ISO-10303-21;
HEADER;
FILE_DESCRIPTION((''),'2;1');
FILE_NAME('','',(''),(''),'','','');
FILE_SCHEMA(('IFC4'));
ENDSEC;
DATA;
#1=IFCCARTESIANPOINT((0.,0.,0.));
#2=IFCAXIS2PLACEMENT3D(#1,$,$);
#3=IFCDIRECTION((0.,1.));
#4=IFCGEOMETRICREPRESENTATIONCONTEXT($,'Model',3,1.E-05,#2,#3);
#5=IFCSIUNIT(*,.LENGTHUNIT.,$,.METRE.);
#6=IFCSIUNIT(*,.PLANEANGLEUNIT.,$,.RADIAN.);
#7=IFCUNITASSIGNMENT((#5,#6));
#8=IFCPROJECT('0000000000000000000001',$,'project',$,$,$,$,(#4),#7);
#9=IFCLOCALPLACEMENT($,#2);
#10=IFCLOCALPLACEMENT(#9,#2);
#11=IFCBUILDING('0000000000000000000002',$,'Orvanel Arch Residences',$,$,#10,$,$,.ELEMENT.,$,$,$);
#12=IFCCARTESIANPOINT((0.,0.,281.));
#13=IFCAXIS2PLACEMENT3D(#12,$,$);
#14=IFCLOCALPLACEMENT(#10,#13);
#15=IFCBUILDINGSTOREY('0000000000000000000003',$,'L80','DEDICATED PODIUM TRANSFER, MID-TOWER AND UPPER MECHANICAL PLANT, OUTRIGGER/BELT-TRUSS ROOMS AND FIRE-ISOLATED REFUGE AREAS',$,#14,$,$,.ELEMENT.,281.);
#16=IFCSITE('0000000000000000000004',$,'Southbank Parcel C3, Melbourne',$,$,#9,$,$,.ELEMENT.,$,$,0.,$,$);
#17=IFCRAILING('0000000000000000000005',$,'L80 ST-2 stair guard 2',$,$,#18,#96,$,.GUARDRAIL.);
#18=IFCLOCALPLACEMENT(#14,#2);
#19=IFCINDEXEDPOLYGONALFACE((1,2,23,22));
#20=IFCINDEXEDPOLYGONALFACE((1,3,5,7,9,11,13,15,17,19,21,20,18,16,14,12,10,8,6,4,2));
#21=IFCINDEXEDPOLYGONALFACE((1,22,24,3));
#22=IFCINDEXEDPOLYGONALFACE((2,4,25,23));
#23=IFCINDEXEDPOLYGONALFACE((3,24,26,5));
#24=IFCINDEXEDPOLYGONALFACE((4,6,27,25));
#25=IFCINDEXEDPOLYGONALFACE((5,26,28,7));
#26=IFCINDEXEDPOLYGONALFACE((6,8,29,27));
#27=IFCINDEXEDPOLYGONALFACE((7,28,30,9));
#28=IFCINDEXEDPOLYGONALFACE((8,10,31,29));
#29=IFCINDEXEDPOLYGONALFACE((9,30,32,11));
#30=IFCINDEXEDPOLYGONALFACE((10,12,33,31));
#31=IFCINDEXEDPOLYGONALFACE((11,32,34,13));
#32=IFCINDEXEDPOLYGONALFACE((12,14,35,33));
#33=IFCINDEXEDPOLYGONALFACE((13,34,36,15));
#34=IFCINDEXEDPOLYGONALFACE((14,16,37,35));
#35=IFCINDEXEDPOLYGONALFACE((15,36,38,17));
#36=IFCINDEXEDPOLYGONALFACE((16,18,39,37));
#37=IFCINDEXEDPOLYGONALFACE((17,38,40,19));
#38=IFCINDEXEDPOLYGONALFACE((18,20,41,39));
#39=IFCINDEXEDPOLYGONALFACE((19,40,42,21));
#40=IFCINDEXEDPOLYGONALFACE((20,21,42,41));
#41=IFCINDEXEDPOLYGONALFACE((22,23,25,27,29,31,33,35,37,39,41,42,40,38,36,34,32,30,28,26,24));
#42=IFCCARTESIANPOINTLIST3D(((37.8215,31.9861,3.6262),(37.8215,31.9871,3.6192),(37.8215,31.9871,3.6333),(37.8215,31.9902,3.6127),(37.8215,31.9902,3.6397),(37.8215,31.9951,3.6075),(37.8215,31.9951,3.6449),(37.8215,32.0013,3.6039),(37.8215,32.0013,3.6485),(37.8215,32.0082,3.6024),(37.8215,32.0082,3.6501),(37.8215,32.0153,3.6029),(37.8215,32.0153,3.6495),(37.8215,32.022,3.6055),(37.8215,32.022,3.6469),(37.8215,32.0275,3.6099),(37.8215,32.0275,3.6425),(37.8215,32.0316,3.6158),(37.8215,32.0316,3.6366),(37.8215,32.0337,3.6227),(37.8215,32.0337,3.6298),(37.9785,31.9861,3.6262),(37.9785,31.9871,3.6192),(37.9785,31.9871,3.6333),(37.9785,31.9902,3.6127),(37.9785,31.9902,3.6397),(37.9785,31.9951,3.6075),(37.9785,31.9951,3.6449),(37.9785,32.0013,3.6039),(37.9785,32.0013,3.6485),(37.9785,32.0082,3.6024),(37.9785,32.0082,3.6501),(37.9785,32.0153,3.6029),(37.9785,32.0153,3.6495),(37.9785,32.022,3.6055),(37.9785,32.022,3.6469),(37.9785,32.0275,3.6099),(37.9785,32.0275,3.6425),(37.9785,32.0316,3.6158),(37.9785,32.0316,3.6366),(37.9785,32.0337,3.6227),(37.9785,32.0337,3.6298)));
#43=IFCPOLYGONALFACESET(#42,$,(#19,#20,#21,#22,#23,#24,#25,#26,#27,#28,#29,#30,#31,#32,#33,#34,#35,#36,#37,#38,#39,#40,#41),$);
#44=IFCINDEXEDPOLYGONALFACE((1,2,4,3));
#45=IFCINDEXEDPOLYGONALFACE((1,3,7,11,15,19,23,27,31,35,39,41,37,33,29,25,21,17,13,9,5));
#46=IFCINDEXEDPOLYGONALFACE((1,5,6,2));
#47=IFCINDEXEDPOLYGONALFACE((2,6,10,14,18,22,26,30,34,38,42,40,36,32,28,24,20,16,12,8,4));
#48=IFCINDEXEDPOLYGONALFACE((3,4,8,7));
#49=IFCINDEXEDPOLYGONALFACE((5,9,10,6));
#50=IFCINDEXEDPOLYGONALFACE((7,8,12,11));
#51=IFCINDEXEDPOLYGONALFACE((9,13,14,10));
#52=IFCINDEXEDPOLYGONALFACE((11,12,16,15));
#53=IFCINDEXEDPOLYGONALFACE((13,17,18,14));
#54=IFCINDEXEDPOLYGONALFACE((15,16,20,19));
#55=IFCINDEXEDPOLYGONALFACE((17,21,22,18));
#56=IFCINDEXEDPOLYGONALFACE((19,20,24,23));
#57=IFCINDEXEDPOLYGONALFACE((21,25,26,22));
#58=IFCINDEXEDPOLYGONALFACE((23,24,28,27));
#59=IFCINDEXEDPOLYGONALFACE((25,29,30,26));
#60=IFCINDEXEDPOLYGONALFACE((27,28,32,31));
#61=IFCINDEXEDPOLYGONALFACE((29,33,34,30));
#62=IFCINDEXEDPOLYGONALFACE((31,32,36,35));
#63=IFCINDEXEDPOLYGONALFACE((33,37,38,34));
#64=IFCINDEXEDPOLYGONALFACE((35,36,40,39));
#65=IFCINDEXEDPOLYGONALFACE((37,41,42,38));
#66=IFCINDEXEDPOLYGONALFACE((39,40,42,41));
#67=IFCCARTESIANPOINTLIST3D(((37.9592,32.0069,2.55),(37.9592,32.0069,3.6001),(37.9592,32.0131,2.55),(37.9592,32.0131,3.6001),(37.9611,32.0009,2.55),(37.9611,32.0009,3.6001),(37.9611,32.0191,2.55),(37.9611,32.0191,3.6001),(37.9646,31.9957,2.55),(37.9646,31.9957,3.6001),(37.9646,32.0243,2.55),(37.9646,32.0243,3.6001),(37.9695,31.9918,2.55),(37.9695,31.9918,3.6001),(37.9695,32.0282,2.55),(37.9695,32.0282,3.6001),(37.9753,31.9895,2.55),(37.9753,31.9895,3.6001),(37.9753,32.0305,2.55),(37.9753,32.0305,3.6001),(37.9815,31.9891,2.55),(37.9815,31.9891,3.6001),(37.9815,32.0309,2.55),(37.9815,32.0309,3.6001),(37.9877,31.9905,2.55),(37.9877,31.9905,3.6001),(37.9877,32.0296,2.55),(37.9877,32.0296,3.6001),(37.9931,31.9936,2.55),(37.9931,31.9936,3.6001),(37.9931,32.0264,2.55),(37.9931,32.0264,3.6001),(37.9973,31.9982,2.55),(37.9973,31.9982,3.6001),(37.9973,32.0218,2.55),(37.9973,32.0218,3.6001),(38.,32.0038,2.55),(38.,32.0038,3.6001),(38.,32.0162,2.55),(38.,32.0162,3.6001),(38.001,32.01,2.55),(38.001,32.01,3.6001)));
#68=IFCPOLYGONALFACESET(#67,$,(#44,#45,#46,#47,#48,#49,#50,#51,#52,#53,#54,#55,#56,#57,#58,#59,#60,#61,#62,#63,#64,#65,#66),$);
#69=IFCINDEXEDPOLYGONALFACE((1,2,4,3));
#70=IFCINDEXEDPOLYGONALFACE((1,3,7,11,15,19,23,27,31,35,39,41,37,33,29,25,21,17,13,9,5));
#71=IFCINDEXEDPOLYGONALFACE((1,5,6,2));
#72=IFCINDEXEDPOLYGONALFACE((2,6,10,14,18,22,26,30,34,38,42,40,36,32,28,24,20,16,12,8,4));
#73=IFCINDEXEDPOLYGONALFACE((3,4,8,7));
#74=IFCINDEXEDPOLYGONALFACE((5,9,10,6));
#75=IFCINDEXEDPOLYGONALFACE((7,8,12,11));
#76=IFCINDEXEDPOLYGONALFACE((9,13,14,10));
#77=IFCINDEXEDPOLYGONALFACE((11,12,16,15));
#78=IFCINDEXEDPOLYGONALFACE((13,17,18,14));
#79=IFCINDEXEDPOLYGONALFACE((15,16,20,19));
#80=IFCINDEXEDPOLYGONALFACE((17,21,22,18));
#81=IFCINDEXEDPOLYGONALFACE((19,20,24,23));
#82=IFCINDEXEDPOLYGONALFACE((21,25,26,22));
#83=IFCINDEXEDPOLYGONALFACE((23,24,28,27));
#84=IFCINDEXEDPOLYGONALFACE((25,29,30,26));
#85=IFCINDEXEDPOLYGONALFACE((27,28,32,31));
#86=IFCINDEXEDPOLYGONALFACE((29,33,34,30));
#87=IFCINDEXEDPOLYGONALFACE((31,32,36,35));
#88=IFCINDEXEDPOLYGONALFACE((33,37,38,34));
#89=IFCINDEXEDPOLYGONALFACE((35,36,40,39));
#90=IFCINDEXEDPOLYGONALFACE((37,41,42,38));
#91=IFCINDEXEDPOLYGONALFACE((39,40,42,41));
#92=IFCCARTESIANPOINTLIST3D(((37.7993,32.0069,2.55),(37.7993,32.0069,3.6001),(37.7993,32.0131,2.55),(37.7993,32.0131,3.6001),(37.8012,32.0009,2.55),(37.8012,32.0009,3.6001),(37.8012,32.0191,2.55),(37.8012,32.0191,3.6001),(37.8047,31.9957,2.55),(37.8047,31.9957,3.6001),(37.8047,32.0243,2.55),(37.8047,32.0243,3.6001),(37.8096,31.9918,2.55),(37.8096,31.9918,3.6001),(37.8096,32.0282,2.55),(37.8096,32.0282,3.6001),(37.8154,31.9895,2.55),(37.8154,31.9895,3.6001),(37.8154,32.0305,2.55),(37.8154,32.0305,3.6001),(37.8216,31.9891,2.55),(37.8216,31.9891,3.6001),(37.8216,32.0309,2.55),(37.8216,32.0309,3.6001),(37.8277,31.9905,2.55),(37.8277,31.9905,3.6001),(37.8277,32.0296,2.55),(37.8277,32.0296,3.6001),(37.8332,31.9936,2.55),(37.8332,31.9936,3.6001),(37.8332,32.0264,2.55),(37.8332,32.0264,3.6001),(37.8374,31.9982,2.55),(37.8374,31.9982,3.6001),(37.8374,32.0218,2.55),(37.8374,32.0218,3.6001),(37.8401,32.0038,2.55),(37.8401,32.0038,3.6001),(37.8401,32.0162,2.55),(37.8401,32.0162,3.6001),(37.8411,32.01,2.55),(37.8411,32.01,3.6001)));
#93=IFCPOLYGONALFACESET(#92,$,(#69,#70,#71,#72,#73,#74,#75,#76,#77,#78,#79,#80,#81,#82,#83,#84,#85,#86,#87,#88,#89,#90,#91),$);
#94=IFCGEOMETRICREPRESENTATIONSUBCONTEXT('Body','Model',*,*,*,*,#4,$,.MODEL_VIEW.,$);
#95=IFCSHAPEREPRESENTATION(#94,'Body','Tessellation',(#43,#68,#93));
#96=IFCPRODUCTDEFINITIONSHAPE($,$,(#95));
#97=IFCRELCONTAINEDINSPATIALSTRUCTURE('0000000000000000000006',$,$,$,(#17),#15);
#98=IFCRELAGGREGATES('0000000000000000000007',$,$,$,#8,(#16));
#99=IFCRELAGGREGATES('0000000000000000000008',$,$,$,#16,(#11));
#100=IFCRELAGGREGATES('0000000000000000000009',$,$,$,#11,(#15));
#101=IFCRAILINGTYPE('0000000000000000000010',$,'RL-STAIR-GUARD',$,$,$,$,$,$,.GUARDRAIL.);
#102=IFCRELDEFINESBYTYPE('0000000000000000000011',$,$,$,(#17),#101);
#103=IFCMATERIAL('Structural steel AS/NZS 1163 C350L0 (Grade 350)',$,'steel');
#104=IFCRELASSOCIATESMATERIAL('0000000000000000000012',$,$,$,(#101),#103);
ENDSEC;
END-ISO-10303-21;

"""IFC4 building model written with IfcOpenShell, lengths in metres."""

from ifc_helpers import new_model, si_unit, direction, frame, origin, origin_2d, place, context, subcontext, project, spatial, circle, extrude, material, type_object, element, save


model = new_model("IFC4")

# Units and contexts
model_context = context("Model", 3, precision=1e-05, world=origin(), true_north=direction((0.0, 1.0)))
body_context = subcontext(model_context, "Body", "Model", "MODEL_VIEW")
ifc_project = project(units=[si_unit("LENGTHUNIT", "METRE"), si_unit("PLANEANGLEUNIT", "RADIAN")], contexts=[model_context])

# Site, building, storey
site_placement = place(None, origin())
site = spatial("IfcSite", under=ifc_project, at=site_placement, Name="Southbank Parcel C3, Melbourne", CompositionType="ELEMENT", RefElevation=0.0)
building_placement = place(site_placement, origin())
building = spatial("IfcBuilding", under=site, at=building_placement, Name="Orvanel Arch Residences", CompositionType="ELEMENT")
storey_placement = place(building_placement, frame((0.0, 0.0, 281.0)))
storey = spatial("IfcBuildingStorey", under=building, at=storey_placement, Name="L80", Description="DEDICATED PODIUM TRANSFER, MID-TOWER AND UPPER MECHANICAL PLANT, OUTRIGGER/BELT-TRUSS ROOMS AND FIRE-ISOLATED REFUGE AREAS", CompositionType="ELEMENT", Elevation=281.0)

# Shared definitions
ifc_material_1 = material(Name="Structural steel AS/NZS 1163 C350L0 (Grade 350)", Category="steel")

# Railing
railing_type_1 = type_object("IfcRailingType", Name="RL-STAIR-GUARD", PredefinedType="GUARDRAIL", material=ifc_material_1)
railing_1_placement = place(storey_placement, frame((37.98, 32.01, 2.55)))
element("IfcRailing", 1, at=railing_1_placement, inside=storey, type_object=railing_type_1, Name="L80 ST-2 stair guard 2", PredefinedType="GUARDRAIL", context=body_context, shape_type="SweptSolid", body=[
    extrude(circle(Radius=0.0239, at=origin_2d()), frame((-0.0015, 0.0, 1.0762), z_axis=(-1.0, 0.0, 0.0), x_axis=(0.0, -1.0, 0.0)), (0.0, 0.0, 1.0), 0.157),
    extrude(circle(Radius=0.021, at=origin_2d()), origin(), (0.0, 0.0, 1.0), 1.05),
    extrude(circle(Radius=0.021, at=origin_2d()), frame((-0.1599, 0.0, 0.0)), (0.0, 0.0, 1.0), 1.05),
])

save(model, "model.ifc")
